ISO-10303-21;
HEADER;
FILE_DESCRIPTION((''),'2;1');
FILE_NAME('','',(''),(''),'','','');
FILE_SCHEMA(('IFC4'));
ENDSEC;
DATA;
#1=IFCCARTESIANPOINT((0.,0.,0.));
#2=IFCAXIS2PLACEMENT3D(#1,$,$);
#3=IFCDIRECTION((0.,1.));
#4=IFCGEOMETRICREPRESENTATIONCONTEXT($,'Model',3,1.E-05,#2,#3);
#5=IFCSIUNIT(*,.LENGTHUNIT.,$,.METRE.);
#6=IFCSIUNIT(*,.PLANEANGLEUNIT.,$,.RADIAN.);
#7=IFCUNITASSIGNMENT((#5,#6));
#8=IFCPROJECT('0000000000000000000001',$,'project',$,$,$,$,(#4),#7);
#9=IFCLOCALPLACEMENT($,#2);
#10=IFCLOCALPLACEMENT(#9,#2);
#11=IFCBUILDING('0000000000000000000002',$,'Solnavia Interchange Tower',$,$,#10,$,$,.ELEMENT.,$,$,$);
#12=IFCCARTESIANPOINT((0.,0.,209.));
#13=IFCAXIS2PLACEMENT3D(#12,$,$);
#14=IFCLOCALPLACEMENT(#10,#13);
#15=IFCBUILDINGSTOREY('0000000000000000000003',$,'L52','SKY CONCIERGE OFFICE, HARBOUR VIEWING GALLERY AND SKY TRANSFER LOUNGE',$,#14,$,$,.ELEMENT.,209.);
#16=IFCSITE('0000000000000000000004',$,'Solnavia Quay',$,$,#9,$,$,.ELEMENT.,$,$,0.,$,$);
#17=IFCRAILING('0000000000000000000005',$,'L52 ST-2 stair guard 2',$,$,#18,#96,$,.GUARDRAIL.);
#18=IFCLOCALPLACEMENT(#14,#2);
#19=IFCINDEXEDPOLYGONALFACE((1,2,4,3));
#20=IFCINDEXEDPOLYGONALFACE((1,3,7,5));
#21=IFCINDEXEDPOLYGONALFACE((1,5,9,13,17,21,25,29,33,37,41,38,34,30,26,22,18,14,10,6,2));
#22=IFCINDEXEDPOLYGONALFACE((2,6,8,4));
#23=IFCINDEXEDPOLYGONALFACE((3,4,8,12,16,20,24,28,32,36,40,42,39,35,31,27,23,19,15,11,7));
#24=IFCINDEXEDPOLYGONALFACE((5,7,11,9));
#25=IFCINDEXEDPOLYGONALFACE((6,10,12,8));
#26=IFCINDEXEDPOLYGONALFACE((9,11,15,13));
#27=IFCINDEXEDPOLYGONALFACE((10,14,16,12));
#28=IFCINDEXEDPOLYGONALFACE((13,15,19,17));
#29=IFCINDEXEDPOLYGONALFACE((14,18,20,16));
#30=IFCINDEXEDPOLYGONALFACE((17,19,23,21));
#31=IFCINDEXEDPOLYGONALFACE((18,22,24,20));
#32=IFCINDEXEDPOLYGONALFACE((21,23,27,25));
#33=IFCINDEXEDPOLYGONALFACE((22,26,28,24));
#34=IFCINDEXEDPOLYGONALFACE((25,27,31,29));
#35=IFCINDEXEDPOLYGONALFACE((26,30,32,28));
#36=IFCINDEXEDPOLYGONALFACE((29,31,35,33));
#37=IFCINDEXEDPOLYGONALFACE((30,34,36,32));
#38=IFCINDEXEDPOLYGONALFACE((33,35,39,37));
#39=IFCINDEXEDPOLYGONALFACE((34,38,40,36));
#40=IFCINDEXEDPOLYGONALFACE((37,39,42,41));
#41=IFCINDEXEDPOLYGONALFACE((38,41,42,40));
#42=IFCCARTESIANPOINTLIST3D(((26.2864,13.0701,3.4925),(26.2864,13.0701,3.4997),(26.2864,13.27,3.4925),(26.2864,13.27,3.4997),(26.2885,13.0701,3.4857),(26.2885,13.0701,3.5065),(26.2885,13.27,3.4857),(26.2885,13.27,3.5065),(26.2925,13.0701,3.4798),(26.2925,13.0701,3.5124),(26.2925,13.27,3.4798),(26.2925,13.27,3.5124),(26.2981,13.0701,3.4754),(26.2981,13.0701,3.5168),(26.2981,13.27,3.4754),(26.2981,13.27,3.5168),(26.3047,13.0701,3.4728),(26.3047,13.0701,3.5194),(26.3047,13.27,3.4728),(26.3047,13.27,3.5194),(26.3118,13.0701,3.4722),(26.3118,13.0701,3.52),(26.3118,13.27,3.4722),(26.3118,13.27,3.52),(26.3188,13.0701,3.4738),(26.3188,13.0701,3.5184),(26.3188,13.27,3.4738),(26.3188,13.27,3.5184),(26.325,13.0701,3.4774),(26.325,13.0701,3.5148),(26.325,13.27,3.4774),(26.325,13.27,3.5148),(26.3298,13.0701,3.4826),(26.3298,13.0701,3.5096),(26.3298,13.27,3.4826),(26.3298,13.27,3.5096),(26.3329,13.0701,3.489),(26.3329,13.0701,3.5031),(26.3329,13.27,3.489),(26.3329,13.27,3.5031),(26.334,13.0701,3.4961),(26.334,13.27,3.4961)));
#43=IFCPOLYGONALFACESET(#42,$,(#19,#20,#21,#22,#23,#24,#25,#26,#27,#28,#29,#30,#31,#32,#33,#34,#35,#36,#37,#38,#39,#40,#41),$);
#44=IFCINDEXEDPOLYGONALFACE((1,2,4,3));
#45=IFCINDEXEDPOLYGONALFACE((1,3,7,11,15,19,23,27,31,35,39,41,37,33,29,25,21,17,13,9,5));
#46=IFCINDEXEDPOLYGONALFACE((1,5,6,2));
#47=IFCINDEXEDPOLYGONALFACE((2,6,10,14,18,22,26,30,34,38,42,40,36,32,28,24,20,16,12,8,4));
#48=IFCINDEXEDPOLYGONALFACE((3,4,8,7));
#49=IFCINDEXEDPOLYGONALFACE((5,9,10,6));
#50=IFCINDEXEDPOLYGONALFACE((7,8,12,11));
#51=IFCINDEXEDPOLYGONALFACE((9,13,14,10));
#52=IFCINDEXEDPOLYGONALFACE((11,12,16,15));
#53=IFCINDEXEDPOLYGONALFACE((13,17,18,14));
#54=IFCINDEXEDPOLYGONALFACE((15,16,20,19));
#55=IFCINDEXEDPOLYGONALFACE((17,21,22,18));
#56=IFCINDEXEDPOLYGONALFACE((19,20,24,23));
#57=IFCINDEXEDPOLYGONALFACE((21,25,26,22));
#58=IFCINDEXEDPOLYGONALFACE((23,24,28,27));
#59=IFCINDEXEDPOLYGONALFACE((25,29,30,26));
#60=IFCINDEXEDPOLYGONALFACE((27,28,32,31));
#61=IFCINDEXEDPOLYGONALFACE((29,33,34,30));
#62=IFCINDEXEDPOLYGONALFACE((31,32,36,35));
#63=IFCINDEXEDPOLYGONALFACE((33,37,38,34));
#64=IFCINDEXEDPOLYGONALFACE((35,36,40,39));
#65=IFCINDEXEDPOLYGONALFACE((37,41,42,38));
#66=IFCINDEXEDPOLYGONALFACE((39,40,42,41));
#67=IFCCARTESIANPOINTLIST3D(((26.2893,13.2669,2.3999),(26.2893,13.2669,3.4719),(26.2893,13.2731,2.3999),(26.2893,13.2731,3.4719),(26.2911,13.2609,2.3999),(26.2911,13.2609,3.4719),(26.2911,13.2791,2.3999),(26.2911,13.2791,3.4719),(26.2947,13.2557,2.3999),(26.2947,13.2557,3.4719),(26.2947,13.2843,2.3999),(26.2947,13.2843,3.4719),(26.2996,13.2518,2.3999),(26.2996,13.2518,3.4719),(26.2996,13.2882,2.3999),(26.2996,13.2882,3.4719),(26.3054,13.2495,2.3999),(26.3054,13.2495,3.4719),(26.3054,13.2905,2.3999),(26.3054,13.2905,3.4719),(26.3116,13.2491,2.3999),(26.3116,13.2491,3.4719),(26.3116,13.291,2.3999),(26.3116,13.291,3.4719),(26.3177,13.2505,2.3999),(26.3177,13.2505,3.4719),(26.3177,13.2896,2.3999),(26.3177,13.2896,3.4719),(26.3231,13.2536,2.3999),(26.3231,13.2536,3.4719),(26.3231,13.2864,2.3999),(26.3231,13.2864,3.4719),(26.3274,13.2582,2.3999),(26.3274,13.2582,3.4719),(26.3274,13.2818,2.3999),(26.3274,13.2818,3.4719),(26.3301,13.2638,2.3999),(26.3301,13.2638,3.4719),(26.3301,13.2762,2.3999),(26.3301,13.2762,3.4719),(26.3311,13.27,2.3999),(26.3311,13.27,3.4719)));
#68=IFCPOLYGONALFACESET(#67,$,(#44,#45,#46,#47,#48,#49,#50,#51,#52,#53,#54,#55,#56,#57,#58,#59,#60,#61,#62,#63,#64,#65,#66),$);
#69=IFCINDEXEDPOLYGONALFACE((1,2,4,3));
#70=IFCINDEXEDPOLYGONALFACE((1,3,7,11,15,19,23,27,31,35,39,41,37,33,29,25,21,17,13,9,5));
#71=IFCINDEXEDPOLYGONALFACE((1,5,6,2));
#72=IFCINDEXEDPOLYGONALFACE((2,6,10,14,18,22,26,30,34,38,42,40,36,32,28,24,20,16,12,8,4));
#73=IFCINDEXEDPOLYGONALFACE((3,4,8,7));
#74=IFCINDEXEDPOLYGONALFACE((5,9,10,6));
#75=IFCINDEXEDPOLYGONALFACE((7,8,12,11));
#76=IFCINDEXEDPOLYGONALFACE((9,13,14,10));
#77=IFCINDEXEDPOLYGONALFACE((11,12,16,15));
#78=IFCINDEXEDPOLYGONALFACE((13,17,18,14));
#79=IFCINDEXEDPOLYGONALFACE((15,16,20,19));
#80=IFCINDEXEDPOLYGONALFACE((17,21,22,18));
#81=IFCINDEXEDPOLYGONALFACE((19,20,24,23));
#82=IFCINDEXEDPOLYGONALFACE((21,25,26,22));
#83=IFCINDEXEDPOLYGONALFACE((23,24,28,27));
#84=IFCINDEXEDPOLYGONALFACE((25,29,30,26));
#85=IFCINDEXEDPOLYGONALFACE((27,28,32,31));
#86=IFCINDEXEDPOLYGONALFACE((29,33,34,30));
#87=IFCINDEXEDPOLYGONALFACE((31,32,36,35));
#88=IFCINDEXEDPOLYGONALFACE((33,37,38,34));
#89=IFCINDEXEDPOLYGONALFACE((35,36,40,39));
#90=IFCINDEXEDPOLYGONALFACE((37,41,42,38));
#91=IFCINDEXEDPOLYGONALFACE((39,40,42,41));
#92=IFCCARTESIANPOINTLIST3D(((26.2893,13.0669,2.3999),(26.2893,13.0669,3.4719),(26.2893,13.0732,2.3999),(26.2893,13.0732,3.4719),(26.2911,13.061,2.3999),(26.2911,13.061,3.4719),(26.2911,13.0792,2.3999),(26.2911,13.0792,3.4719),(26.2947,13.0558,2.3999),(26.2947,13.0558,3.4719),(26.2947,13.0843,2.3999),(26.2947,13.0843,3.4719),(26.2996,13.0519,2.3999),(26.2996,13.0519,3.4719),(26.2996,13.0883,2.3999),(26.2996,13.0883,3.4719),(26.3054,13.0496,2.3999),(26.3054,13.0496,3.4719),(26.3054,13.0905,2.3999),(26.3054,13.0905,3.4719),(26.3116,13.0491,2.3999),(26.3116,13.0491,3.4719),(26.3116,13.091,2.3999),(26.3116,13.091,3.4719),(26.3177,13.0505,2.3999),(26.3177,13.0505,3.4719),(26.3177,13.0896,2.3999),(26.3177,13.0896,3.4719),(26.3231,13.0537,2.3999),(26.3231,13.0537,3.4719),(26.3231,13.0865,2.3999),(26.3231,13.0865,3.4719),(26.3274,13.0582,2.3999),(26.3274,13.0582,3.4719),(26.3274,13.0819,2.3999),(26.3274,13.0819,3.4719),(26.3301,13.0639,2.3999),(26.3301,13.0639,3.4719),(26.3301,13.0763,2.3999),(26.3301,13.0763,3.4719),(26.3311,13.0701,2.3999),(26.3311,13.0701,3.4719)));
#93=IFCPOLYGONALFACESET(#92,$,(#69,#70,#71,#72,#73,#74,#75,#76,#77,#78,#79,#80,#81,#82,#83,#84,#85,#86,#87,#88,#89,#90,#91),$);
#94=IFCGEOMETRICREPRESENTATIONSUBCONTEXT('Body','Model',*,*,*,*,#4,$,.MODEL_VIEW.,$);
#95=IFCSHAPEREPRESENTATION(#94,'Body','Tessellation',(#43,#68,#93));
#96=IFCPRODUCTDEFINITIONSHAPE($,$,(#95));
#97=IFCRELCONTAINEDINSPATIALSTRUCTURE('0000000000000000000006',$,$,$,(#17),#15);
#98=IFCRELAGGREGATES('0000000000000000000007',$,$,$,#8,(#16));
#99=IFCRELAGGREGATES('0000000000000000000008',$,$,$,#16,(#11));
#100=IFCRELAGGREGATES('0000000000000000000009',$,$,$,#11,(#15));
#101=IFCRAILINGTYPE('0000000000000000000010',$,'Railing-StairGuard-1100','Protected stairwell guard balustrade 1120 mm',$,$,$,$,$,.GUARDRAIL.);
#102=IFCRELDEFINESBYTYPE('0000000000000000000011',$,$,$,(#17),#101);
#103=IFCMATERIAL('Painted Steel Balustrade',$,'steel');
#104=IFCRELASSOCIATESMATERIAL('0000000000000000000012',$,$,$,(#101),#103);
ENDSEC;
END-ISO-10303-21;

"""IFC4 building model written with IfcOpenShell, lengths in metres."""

from ifc_helpers import new_model, si_unit, direction, frame, origin, origin_2d, place, context, subcontext, project, spatial, circle, extrude, material, type_object, element, save


model = new_model("IFC4")

# Units and contexts
model_context = context("Model", 3, precision=1e-05, world=origin(), true_north=direction((0.0, 1.0)))
body_context = subcontext(model_context, "Body", "Model", "MODEL_VIEW")
ifc_project = project(units=[si_unit("LENGTHUNIT", "METRE"), si_unit("PLANEANGLEUNIT", "RADIAN")], contexts=[model_context])

# Site, building, storey
site_placement = place(None, origin())
site = spatial("IfcSite", under=ifc_project, at=site_placement, Name="Solnavia Quay", CompositionType="ELEMENT", RefElevation=0.0)
building_placement = place(site_placement, origin())
building = spatial("IfcBuilding", under=site, at=building_placement, Name="Solnavia Interchange Tower", CompositionType="ELEMENT")
storey_placement = place(building_placement, frame((0.0, 0.0, 209.0)))
storey = spatial("IfcBuildingStorey", under=building, at=storey_placement, Name="L52", Description="SKY CONCIERGE OFFICE, HARBOUR VIEWING GALLERY AND SKY TRANSFER LOUNGE", CompositionType="ELEMENT", Elevation=209.0)

# Railing
ifc_material_1 = material(Name="Painted Steel Balustrade", Category="steel")
railing_type_1 = type_object("IfcRailingType", Name="Railing-StairGuard-1100", Description="Protected stairwell guard balustrade 1120 mm", PredefinedType="GUARDRAIL", material=ifc_material_1)
railing_1_placement = place(storey_placement, frame((26.3101, 13.27, 2.3999)))
element("IfcRailing", 1, at=railing_1_placement, inside=storey, type_object=railing_type_1, Name="L52 ST-2 stair guard 2", PredefinedType="GUARDRAIL", context=body_context, shape_type="SweptSolid", body=[
    extrude(circle(Radius=0.0239, at=origin_2d()), frame((0.0, 0.0, 1.0962), z_axis=(0.0, -1.0, 0.0), x_axis=(1.0, 0.0, 0.0)), (0.0, 0.0, 1.0), 0.2),
    extrude(circle(Radius=0.021, at=origin_2d()), origin(), (0.0, 0.0, 1.0), 1.072),
    extrude(circle(Radius=0.021, at=origin_2d()), frame((0.0, -0.2, 0.0)), (0.0, 0.0, 1.0), 1.072),
])

save(model, "model.ifc")
